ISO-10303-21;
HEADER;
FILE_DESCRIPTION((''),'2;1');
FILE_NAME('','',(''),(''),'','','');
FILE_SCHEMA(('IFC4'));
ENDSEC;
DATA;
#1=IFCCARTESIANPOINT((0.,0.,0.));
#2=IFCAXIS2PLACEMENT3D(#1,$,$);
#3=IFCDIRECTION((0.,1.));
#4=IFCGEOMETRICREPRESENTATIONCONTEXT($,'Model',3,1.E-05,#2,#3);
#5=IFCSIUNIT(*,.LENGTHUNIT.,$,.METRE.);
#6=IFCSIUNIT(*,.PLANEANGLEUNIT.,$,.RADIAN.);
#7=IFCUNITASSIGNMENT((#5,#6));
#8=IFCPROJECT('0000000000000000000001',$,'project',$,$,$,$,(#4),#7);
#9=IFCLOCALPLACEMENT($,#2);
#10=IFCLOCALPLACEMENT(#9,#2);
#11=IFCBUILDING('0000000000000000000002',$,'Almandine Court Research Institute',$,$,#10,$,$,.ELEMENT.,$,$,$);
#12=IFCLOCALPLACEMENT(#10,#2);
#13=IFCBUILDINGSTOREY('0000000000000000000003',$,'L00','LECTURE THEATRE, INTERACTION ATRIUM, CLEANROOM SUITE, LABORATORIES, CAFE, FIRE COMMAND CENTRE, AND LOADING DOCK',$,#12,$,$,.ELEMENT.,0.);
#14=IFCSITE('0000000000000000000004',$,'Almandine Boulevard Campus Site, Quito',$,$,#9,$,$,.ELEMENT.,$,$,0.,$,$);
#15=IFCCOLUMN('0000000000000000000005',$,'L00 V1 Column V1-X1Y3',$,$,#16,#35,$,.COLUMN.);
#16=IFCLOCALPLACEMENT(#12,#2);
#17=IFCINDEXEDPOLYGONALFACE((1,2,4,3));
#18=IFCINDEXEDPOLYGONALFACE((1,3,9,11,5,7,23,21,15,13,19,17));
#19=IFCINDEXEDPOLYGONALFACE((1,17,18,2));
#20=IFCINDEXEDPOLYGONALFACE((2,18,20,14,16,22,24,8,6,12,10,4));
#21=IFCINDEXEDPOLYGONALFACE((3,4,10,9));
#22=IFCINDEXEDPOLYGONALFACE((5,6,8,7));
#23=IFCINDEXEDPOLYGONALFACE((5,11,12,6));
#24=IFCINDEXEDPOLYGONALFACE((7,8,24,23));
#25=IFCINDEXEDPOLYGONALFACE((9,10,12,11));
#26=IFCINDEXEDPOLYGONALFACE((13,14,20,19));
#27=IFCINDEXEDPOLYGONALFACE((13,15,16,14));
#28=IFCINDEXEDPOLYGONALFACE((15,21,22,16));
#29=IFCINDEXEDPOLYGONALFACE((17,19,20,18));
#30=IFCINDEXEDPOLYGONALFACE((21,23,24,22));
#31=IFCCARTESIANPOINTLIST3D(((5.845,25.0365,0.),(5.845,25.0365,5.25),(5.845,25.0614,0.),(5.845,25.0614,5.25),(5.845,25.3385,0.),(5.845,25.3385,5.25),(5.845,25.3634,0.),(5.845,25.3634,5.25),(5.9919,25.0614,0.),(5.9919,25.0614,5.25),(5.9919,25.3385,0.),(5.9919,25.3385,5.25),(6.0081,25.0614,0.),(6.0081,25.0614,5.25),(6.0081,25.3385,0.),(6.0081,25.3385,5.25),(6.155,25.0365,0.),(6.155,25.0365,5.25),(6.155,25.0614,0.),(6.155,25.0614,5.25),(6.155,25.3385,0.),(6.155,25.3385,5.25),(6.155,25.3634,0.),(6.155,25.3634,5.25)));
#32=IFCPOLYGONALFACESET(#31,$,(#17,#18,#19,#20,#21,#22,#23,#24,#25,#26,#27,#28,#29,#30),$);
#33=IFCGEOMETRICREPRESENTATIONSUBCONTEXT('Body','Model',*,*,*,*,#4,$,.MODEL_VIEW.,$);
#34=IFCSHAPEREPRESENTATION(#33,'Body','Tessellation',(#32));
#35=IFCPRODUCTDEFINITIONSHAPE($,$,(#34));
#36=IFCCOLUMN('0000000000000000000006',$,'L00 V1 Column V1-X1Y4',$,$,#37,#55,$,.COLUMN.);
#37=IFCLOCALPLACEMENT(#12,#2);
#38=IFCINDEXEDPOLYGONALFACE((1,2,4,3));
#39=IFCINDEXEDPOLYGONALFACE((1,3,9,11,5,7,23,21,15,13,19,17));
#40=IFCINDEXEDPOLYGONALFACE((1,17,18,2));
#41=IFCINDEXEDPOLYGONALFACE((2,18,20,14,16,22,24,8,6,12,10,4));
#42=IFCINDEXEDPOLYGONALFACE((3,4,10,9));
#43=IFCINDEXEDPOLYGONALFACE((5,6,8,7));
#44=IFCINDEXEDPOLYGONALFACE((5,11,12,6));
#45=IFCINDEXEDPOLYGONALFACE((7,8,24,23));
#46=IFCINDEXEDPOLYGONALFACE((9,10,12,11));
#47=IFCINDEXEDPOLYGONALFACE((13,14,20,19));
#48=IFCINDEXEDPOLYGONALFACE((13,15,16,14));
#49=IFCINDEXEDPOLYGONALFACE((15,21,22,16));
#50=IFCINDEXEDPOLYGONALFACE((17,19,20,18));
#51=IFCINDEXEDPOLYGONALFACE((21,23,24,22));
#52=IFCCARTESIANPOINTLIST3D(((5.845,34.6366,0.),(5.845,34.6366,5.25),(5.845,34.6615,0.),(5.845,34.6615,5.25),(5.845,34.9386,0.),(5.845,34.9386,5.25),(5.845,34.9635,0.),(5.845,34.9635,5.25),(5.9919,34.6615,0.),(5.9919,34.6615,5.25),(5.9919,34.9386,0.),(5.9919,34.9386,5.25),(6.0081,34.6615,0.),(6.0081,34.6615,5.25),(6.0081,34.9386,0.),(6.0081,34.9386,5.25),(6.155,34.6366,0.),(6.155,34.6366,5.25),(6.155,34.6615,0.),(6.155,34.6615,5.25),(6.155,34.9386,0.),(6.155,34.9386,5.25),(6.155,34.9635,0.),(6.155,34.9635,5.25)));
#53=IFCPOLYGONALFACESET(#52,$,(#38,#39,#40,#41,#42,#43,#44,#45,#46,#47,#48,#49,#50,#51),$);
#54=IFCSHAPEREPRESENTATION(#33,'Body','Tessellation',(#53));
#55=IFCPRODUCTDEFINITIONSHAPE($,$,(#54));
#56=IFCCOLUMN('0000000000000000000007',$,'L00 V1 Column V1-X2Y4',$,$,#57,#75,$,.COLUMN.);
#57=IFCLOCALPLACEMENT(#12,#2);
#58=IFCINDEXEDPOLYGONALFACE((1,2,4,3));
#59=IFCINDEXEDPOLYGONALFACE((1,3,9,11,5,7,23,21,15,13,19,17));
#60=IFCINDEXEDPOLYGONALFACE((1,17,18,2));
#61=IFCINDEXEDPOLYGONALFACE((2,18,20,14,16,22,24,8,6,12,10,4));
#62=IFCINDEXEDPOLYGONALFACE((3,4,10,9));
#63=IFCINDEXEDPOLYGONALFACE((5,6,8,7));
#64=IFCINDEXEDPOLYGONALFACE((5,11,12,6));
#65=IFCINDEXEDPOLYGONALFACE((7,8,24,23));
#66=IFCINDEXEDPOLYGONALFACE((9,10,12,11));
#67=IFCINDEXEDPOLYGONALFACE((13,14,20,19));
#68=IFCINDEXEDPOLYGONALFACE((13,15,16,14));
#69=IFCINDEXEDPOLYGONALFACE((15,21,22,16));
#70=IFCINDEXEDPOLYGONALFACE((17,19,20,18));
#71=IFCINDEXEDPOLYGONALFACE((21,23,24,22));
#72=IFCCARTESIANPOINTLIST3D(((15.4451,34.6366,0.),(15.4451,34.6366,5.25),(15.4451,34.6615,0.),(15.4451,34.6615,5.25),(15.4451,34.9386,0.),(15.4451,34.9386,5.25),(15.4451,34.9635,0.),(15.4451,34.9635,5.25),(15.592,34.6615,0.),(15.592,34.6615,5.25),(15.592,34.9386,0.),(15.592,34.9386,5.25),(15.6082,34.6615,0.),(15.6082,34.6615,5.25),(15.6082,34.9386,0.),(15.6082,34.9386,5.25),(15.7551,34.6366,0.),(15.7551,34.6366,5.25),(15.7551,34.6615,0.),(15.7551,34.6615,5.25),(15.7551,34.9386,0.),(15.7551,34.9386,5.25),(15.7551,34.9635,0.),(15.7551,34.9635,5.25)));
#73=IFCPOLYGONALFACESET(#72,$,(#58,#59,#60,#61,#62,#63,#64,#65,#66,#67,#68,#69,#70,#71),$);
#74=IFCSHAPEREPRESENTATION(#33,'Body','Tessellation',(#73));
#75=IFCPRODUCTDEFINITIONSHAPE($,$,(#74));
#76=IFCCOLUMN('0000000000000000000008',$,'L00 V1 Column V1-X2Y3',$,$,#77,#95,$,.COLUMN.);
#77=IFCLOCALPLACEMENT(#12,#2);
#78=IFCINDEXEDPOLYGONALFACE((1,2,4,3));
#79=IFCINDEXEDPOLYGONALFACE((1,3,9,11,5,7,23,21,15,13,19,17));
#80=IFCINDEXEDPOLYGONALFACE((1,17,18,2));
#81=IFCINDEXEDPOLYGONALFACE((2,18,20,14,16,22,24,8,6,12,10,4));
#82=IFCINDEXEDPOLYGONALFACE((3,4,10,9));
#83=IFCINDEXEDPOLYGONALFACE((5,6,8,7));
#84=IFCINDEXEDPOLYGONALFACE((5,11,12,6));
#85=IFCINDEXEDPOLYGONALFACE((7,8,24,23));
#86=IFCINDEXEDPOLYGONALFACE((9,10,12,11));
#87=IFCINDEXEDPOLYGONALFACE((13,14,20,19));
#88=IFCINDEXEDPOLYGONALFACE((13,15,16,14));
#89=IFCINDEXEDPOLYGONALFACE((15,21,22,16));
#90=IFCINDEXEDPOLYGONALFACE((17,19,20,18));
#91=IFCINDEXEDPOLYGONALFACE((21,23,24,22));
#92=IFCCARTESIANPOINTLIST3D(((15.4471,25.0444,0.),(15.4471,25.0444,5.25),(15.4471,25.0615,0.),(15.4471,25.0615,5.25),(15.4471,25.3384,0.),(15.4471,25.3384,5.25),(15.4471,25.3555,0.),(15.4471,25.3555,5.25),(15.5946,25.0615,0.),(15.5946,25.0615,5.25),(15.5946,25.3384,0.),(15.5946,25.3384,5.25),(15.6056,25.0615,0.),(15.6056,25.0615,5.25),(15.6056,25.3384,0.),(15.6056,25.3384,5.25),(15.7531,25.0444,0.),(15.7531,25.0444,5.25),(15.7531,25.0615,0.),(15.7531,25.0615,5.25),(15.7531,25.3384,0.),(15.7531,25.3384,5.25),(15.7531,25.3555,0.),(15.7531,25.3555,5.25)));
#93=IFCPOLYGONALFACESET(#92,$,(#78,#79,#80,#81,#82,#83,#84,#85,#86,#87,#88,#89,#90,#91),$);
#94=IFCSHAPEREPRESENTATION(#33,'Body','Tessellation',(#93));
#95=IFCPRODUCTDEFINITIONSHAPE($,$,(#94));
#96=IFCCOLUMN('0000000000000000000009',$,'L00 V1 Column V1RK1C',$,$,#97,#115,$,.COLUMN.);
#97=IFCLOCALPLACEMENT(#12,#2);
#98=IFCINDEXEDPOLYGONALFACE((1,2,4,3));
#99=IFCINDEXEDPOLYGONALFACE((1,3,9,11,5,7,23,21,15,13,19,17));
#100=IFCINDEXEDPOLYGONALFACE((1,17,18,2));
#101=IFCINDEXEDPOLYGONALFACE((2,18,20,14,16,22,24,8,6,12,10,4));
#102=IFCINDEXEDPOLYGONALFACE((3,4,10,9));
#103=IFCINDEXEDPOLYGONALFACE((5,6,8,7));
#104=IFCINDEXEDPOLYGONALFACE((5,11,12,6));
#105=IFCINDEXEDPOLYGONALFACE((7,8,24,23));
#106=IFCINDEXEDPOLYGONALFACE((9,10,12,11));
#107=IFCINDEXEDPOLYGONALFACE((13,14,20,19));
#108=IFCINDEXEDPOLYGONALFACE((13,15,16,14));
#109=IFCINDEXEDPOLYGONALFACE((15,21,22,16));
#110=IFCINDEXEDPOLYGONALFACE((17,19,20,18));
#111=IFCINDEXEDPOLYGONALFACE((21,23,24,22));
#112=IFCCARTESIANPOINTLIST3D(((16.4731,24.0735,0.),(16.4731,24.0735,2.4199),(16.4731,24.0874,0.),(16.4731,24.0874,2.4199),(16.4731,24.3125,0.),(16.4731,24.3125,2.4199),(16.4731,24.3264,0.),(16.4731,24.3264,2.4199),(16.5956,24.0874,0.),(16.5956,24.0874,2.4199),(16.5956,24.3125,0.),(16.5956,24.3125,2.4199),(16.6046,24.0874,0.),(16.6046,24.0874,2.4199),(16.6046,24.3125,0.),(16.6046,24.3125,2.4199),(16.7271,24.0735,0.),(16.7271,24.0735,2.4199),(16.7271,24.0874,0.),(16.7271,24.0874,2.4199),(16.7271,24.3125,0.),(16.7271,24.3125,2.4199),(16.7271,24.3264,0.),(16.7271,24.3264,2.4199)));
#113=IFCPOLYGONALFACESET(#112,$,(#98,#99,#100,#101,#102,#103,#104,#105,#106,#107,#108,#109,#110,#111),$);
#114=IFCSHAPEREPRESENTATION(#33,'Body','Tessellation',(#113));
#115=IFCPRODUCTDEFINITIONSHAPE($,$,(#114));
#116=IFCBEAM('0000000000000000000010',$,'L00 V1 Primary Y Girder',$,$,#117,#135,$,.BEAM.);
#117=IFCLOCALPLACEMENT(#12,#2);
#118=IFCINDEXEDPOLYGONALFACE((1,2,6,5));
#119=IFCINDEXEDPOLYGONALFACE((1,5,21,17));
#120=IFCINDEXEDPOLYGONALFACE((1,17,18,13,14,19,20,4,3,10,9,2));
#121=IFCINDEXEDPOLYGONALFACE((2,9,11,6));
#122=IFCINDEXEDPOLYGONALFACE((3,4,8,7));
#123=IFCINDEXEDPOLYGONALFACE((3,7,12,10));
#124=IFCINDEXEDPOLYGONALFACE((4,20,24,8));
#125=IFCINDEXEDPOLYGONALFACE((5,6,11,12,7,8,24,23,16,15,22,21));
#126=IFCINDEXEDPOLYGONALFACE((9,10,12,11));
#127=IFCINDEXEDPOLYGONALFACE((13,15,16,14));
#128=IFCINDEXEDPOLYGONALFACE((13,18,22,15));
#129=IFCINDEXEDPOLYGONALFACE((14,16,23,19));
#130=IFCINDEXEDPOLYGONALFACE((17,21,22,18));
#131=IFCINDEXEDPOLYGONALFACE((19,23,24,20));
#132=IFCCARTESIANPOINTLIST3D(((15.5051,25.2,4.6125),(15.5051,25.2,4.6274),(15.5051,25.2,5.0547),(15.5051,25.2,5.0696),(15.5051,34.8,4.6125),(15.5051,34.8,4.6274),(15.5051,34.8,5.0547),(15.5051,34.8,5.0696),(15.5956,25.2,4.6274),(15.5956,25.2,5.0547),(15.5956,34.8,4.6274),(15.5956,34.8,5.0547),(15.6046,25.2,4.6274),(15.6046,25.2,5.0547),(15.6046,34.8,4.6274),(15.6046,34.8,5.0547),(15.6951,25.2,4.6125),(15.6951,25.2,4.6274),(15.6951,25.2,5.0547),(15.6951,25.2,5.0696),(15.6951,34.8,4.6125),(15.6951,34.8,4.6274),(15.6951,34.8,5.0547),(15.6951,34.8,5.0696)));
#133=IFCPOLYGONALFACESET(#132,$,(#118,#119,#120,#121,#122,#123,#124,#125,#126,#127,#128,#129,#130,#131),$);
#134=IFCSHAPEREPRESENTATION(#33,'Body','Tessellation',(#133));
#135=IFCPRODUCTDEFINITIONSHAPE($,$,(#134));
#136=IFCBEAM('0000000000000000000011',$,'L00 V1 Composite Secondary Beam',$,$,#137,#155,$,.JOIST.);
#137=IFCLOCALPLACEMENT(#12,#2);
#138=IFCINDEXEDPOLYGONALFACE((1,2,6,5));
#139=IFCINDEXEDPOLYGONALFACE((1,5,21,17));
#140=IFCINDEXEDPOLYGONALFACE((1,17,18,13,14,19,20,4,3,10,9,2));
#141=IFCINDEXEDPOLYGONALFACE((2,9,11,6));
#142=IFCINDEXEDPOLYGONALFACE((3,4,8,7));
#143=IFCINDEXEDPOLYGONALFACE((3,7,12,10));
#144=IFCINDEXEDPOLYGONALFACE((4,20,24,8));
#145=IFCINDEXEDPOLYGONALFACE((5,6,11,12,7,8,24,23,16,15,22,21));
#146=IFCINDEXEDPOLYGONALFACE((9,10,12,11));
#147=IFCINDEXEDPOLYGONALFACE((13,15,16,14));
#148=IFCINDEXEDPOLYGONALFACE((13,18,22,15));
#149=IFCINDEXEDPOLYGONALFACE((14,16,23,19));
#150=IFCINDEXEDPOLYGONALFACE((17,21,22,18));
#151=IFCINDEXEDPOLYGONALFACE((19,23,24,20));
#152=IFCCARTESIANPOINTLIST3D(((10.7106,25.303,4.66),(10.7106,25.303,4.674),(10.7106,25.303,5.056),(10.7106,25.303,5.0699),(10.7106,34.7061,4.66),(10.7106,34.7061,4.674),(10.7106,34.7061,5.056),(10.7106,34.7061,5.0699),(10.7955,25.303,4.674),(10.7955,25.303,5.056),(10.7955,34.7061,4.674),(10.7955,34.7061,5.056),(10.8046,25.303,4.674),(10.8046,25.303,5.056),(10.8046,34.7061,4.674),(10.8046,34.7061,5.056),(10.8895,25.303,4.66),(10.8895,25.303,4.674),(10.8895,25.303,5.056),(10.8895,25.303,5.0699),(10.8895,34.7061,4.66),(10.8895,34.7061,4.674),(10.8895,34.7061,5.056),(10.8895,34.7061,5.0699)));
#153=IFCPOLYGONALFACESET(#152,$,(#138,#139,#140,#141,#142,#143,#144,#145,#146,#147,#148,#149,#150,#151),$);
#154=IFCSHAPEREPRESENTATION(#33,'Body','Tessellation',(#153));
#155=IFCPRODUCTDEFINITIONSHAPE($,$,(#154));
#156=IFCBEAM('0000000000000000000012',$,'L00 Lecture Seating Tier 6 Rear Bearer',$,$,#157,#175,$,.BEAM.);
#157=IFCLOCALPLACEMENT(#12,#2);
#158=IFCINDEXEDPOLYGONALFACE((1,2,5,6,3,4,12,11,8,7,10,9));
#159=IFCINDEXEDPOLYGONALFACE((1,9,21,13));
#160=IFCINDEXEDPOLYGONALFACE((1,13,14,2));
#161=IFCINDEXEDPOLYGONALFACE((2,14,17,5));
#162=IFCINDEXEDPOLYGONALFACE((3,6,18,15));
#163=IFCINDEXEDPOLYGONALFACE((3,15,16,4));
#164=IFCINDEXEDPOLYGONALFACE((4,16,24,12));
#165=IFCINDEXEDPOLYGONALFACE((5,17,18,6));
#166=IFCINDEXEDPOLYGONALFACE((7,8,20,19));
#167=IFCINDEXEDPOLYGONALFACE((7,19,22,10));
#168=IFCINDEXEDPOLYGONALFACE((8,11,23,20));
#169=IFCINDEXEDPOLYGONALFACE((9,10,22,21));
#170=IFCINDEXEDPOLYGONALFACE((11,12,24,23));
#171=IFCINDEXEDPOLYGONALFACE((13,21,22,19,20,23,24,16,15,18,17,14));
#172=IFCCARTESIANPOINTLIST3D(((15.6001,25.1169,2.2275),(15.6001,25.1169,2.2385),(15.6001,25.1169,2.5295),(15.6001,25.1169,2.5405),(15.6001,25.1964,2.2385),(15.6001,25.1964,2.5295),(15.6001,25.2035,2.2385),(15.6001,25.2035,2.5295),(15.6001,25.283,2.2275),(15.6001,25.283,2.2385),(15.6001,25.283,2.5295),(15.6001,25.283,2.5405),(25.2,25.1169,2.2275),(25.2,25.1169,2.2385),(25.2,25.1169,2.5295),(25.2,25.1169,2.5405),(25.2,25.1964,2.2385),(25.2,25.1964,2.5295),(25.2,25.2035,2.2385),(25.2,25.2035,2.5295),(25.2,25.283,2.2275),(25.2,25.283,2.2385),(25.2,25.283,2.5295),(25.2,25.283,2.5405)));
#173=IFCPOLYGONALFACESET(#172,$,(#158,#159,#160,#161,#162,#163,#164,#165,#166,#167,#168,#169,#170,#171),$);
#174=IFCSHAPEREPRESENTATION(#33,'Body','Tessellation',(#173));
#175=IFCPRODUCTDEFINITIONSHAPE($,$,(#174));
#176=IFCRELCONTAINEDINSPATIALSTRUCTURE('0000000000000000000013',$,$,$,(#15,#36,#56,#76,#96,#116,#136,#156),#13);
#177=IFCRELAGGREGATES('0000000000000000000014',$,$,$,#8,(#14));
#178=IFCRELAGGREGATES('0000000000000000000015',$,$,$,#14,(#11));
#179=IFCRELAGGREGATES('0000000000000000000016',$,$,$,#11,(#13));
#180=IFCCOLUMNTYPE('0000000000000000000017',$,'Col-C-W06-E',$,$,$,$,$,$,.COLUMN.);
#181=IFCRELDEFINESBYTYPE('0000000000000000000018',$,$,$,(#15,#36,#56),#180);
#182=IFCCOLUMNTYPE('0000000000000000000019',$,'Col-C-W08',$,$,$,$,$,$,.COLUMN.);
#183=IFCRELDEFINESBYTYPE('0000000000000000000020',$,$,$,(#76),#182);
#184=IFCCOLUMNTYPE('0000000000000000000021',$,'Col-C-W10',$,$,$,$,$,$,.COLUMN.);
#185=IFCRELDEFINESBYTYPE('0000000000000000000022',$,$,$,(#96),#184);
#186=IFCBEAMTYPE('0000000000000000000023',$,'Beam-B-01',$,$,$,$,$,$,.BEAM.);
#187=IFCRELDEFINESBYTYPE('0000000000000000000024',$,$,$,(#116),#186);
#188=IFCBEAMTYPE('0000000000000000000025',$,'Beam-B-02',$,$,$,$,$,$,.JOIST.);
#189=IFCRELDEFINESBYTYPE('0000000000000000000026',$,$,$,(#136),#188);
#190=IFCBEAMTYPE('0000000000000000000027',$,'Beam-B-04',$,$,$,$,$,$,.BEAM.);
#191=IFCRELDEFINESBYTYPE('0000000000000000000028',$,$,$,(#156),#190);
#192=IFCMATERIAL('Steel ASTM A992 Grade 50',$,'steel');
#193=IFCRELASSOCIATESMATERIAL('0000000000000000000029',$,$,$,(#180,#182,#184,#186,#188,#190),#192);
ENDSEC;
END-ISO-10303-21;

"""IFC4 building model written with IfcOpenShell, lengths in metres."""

from ifc_helpers import new_model, si_unit, direction, frame, origin, origin_2d, place, context, subcontext, project, spatial, i_section, extrude, material, material_profile, profile_set, type_object, element, save


model = new_model("IFC4")

# Units and contexts
model_context = context("Model", 3, precision=1e-05, world=origin(), true_north=direction((0.0, 1.0)))
body_context = subcontext(model_context, "Body", "Model", "MODEL_VIEW")
ifc_project = project(units=[si_unit("LENGTHUNIT", "METRE"), si_unit("PLANEANGLEUNIT", "RADIAN")], contexts=[model_context])

# Site, building, storey
site_placement = place(None, origin())
site = spatial("IfcSite", under=ifc_project, at=site_placement, Name="Almandine Boulevard Campus Site, Quito", CompositionType="ELEMENT", RefElevation=0.0)
building_placement = place(site_placement, origin())
building = spatial("IfcBuilding", under=site, at=building_placement, Name="Almandine Court Research Institute", CompositionType="ELEMENT")
storey_placement = place(building_placement, origin())
storey = spatial("IfcBuildingStorey", under=building, at=storey_placement, Name="L00", Description="LECTURE THEATRE, INTERACTION ATRIUM, CLEANROOM SUITE, LABORATORIES, CAFE, FIRE COMMAND CENTRE, AND LOADING DOCK", CompositionType="ELEMENT", Elevation=0.0)

# Columns
ifc_material_1 = material(Name="Steel ASTM A992 Grade 50", Category="steel")
ifc_material_profile_1 = material_profile(ifc_material_1, i_section(OverallWidth=0.3101, OverallDepth=0.3269, WebThickness=0.0161, FlangeThickness=0.0249, at=origin_2d()), Name="W310x158")
ifc_profile_set_1 = profile_set([ifc_material_profile_1], Name="Steel ASTM A992 Grade 50")
column_type_1 = type_object("IfcColumnType", Name="Col-C-W06-E", PredefinedType="COLUMN", material=ifc_profile_set_1)
for number, where, z_axis, x_axis, name in (
    (1, (6.0, 25.2, 0.0), (0.0, 0.0, 1.0), (1.0, 0.0, 0.0), "L00 V1 Column V1-X1Y3"),
    (2, (6.0, 34.8, 0.0), (0.0, 0.0, 1.0), (1.0, 0.0, 0.0), "L00 V1 Column V1-X1Y4"),
    (3, (15.6001, 34.8, 0.0), (0.0, 0.0, 1.0), (1.0, 0.0, 0.0), "L00 V1 Column V1-X2Y4"),
):
    element("IfcColumn", number, at=place(storey_placement, frame(where, z_axis=z_axis, x_axis=x_axis)), inside=storey, type_object=column_type_1, Name=name, PredefinedType="COLUMN", context=body_context, shape_type="SweptSolid", body=[
        extrude(i_section(OverallWidth=0.3101, OverallDepth=0.3269, WebThickness=0.0161, FlangeThickness=0.0249, at=origin_2d()), origin(), (0.0, 0.0, 1.0), 5.25),
    ])
ifc_material_profile_2 = material_profile(ifc_material_1, i_section(OverallWidth=0.3059, OverallDepth=0.311, WebThickness=0.011, FlangeThickness=0.0171, at=origin_2d()), Name="W310x107")
ifc_profile_set_2 = profile_set([ifc_material_profile_2], Name="Steel ASTM A992 Grade 50")
column_type_2 = type_object("IfcColumnType", Name="Col-C-W08", PredefinedType="COLUMN", material=ifc_profile_set_2)
column_1_placement = place(storey_placement, frame((15.6001, 25.2, 0.0), z_axis=(0.0, 0.0, 1.0), x_axis=(1.0, 0.0, 0.0)))
element("IfcColumn", 4, at=column_1_placement, inside=storey, type_object=column_type_2, Name="L00 V1 Column V1-X2Y3", PredefinedType="COLUMN", context=body_context, shape_type="SweptSolid", body=[
    extrude(i_section(OverallWidth=0.3059, OverallDepth=0.311, WebThickness=0.011, FlangeThickness=0.0171, at=origin_2d()), origin(), (0.0, 0.0, 1.0), 5.25),
])
ifc_material_profile_3 = material_profile(ifc_material_1, i_section(OverallWidth=0.2539, OverallDepth=0.2529, WebThickness=0.009, FlangeThickness=0.0139, at=origin_2d()), Name="W250x73")
ifc_profile_set_3 = profile_set([ifc_material_profile_3], Name="Steel ASTM A992 Grade 50")
column_type_3 = type_object("IfcColumnType", Name="Col-C-W10", PredefinedType="COLUMN", material=ifc_profile_set_3)
column_2_placement = place(storey_placement, frame((16.6001, 24.2, 0.0), z_axis=(0.0, 0.0, 1.0), x_axis=(1.0, 0.0, 0.0)))
element("IfcColumn", 5, at=column_2_placement, inside=storey, type_object=column_type_3, Name="L00 V1 Column V1RK1C", PredefinedType="COLUMN", context=body_context, shape_type="SweptSolid", body=[
    extrude(i_section(OverallWidth=0.2539, OverallDepth=0.2529, WebThickness=0.009, FlangeThickness=0.0139, at=origin_2d()), origin(), (0.0, 0.0, 1.0), 2.4199),
])

# Beams
ifc_material_profile_4 = material_profile(ifc_material_1, i_section(OverallWidth=0.1899, OverallDepth=0.457, WebThickness=0.009, FlangeThickness=0.0149, at=origin_2d()), Name="W460x74")
ifc_profile_set_4 = profile_set([ifc_material_profile_4], Name="Steel ASTM A992 Grade 50")
beam_type_1 = type_object("IfcBeamType", Name="Beam-B-01", PredefinedType="BEAM", material=ifc_profile_set_4)
beam_1_placement = place(storey_placement, frame((15.6001, 25.2, 4.8411), z_axis=(0.0, 1.0, 0.0), x_axis=(-1.0, 0.0, 0.0)))
element("IfcBeam", 6, at=beam_1_placement, inside=storey, type_object=beam_type_1, Name="L00 V1 Primary Y Girder", PredefinedType="BEAM", context=body_context, shape_type="SweptSolid", body=[
    extrude(i_section(OverallWidth=0.1899, OverallDepth=0.457, WebThickness=0.009, FlangeThickness=0.0149, at=origin_2d()), origin(), (0.0, 0.0, 1.0), 9.6001),
])
ifc_material_profile_5 = material_profile(ifc_material_1, i_section(OverallWidth=0.179, OverallDepth=0.4099, WebThickness=0.009, FlangeThickness=0.0139, at=origin_2d()), Name="W410x67")
ifc_profile_set_5 = profile_set([ifc_material_profile_5], Name="Steel ASTM A992 Grade 50")
beam_type_2 = type_object("IfcBeamType", Name="Beam-B-02", PredefinedType="JOIST", material=ifc_profile_set_5)
beam_2_placement = place(storey_placement, frame((10.8, 25.303, 4.865), z_axis=(0.0, 1.0, 0.0), x_axis=(-1.0, 0.0, 0.0)))
element("IfcBeam", 7, at=beam_2_placement, inside=storey, type_object=beam_type_2, Name="L00 V1 Composite Secondary Beam", PredefinedType="JOIST", context=body_context, shape_type="SweptSolid", body=[
    extrude(i_section(OverallWidth=0.179, OverallDepth=0.4099, WebThickness=0.009, FlangeThickness=0.0139, at=origin_2d()), origin(), (0.0, 0.0, 1.0), 9.4031),
])
ifc_material_profile_6 = material_profile(ifc_material_1, i_section(OverallWidth=0.166, OverallDepth=0.313, WebThickness=0.0071, FlangeThickness=0.011, at=origin_2d()), Name="W310x45")
ifc_profile_set_6 = profile_set([ifc_material_profile_6], Name="Steel ASTM A992 Grade 50")
beam_type_3 = type_object("IfcBeamType", Name="Beam-B-04", PredefinedType="BEAM", material=ifc_profile_set_6)
beam_3_placement = place(storey_placement, frame((15.6001, 25.2, 2.384), z_axis=(1.0, 0.0, 0.0), x_axis=(0.0, 1.0, 0.0)))
element("IfcBeam", 8, at=beam_3_placement, inside=storey, type_object=beam_type_3, Name="L00 Lecture Seating Tier 6 Rear Bearer", PredefinedType="BEAM", context=body_context, shape_type="SweptSolid", body=[
    extrude(i_section(OverallWidth=0.166, OverallDepth=0.313, WebThickness=0.0071, FlangeThickness=0.011, at=origin_2d()), origin(), (0.0, 0.0, 1.0), 9.5999),
])

save(model, "model.ifc")
